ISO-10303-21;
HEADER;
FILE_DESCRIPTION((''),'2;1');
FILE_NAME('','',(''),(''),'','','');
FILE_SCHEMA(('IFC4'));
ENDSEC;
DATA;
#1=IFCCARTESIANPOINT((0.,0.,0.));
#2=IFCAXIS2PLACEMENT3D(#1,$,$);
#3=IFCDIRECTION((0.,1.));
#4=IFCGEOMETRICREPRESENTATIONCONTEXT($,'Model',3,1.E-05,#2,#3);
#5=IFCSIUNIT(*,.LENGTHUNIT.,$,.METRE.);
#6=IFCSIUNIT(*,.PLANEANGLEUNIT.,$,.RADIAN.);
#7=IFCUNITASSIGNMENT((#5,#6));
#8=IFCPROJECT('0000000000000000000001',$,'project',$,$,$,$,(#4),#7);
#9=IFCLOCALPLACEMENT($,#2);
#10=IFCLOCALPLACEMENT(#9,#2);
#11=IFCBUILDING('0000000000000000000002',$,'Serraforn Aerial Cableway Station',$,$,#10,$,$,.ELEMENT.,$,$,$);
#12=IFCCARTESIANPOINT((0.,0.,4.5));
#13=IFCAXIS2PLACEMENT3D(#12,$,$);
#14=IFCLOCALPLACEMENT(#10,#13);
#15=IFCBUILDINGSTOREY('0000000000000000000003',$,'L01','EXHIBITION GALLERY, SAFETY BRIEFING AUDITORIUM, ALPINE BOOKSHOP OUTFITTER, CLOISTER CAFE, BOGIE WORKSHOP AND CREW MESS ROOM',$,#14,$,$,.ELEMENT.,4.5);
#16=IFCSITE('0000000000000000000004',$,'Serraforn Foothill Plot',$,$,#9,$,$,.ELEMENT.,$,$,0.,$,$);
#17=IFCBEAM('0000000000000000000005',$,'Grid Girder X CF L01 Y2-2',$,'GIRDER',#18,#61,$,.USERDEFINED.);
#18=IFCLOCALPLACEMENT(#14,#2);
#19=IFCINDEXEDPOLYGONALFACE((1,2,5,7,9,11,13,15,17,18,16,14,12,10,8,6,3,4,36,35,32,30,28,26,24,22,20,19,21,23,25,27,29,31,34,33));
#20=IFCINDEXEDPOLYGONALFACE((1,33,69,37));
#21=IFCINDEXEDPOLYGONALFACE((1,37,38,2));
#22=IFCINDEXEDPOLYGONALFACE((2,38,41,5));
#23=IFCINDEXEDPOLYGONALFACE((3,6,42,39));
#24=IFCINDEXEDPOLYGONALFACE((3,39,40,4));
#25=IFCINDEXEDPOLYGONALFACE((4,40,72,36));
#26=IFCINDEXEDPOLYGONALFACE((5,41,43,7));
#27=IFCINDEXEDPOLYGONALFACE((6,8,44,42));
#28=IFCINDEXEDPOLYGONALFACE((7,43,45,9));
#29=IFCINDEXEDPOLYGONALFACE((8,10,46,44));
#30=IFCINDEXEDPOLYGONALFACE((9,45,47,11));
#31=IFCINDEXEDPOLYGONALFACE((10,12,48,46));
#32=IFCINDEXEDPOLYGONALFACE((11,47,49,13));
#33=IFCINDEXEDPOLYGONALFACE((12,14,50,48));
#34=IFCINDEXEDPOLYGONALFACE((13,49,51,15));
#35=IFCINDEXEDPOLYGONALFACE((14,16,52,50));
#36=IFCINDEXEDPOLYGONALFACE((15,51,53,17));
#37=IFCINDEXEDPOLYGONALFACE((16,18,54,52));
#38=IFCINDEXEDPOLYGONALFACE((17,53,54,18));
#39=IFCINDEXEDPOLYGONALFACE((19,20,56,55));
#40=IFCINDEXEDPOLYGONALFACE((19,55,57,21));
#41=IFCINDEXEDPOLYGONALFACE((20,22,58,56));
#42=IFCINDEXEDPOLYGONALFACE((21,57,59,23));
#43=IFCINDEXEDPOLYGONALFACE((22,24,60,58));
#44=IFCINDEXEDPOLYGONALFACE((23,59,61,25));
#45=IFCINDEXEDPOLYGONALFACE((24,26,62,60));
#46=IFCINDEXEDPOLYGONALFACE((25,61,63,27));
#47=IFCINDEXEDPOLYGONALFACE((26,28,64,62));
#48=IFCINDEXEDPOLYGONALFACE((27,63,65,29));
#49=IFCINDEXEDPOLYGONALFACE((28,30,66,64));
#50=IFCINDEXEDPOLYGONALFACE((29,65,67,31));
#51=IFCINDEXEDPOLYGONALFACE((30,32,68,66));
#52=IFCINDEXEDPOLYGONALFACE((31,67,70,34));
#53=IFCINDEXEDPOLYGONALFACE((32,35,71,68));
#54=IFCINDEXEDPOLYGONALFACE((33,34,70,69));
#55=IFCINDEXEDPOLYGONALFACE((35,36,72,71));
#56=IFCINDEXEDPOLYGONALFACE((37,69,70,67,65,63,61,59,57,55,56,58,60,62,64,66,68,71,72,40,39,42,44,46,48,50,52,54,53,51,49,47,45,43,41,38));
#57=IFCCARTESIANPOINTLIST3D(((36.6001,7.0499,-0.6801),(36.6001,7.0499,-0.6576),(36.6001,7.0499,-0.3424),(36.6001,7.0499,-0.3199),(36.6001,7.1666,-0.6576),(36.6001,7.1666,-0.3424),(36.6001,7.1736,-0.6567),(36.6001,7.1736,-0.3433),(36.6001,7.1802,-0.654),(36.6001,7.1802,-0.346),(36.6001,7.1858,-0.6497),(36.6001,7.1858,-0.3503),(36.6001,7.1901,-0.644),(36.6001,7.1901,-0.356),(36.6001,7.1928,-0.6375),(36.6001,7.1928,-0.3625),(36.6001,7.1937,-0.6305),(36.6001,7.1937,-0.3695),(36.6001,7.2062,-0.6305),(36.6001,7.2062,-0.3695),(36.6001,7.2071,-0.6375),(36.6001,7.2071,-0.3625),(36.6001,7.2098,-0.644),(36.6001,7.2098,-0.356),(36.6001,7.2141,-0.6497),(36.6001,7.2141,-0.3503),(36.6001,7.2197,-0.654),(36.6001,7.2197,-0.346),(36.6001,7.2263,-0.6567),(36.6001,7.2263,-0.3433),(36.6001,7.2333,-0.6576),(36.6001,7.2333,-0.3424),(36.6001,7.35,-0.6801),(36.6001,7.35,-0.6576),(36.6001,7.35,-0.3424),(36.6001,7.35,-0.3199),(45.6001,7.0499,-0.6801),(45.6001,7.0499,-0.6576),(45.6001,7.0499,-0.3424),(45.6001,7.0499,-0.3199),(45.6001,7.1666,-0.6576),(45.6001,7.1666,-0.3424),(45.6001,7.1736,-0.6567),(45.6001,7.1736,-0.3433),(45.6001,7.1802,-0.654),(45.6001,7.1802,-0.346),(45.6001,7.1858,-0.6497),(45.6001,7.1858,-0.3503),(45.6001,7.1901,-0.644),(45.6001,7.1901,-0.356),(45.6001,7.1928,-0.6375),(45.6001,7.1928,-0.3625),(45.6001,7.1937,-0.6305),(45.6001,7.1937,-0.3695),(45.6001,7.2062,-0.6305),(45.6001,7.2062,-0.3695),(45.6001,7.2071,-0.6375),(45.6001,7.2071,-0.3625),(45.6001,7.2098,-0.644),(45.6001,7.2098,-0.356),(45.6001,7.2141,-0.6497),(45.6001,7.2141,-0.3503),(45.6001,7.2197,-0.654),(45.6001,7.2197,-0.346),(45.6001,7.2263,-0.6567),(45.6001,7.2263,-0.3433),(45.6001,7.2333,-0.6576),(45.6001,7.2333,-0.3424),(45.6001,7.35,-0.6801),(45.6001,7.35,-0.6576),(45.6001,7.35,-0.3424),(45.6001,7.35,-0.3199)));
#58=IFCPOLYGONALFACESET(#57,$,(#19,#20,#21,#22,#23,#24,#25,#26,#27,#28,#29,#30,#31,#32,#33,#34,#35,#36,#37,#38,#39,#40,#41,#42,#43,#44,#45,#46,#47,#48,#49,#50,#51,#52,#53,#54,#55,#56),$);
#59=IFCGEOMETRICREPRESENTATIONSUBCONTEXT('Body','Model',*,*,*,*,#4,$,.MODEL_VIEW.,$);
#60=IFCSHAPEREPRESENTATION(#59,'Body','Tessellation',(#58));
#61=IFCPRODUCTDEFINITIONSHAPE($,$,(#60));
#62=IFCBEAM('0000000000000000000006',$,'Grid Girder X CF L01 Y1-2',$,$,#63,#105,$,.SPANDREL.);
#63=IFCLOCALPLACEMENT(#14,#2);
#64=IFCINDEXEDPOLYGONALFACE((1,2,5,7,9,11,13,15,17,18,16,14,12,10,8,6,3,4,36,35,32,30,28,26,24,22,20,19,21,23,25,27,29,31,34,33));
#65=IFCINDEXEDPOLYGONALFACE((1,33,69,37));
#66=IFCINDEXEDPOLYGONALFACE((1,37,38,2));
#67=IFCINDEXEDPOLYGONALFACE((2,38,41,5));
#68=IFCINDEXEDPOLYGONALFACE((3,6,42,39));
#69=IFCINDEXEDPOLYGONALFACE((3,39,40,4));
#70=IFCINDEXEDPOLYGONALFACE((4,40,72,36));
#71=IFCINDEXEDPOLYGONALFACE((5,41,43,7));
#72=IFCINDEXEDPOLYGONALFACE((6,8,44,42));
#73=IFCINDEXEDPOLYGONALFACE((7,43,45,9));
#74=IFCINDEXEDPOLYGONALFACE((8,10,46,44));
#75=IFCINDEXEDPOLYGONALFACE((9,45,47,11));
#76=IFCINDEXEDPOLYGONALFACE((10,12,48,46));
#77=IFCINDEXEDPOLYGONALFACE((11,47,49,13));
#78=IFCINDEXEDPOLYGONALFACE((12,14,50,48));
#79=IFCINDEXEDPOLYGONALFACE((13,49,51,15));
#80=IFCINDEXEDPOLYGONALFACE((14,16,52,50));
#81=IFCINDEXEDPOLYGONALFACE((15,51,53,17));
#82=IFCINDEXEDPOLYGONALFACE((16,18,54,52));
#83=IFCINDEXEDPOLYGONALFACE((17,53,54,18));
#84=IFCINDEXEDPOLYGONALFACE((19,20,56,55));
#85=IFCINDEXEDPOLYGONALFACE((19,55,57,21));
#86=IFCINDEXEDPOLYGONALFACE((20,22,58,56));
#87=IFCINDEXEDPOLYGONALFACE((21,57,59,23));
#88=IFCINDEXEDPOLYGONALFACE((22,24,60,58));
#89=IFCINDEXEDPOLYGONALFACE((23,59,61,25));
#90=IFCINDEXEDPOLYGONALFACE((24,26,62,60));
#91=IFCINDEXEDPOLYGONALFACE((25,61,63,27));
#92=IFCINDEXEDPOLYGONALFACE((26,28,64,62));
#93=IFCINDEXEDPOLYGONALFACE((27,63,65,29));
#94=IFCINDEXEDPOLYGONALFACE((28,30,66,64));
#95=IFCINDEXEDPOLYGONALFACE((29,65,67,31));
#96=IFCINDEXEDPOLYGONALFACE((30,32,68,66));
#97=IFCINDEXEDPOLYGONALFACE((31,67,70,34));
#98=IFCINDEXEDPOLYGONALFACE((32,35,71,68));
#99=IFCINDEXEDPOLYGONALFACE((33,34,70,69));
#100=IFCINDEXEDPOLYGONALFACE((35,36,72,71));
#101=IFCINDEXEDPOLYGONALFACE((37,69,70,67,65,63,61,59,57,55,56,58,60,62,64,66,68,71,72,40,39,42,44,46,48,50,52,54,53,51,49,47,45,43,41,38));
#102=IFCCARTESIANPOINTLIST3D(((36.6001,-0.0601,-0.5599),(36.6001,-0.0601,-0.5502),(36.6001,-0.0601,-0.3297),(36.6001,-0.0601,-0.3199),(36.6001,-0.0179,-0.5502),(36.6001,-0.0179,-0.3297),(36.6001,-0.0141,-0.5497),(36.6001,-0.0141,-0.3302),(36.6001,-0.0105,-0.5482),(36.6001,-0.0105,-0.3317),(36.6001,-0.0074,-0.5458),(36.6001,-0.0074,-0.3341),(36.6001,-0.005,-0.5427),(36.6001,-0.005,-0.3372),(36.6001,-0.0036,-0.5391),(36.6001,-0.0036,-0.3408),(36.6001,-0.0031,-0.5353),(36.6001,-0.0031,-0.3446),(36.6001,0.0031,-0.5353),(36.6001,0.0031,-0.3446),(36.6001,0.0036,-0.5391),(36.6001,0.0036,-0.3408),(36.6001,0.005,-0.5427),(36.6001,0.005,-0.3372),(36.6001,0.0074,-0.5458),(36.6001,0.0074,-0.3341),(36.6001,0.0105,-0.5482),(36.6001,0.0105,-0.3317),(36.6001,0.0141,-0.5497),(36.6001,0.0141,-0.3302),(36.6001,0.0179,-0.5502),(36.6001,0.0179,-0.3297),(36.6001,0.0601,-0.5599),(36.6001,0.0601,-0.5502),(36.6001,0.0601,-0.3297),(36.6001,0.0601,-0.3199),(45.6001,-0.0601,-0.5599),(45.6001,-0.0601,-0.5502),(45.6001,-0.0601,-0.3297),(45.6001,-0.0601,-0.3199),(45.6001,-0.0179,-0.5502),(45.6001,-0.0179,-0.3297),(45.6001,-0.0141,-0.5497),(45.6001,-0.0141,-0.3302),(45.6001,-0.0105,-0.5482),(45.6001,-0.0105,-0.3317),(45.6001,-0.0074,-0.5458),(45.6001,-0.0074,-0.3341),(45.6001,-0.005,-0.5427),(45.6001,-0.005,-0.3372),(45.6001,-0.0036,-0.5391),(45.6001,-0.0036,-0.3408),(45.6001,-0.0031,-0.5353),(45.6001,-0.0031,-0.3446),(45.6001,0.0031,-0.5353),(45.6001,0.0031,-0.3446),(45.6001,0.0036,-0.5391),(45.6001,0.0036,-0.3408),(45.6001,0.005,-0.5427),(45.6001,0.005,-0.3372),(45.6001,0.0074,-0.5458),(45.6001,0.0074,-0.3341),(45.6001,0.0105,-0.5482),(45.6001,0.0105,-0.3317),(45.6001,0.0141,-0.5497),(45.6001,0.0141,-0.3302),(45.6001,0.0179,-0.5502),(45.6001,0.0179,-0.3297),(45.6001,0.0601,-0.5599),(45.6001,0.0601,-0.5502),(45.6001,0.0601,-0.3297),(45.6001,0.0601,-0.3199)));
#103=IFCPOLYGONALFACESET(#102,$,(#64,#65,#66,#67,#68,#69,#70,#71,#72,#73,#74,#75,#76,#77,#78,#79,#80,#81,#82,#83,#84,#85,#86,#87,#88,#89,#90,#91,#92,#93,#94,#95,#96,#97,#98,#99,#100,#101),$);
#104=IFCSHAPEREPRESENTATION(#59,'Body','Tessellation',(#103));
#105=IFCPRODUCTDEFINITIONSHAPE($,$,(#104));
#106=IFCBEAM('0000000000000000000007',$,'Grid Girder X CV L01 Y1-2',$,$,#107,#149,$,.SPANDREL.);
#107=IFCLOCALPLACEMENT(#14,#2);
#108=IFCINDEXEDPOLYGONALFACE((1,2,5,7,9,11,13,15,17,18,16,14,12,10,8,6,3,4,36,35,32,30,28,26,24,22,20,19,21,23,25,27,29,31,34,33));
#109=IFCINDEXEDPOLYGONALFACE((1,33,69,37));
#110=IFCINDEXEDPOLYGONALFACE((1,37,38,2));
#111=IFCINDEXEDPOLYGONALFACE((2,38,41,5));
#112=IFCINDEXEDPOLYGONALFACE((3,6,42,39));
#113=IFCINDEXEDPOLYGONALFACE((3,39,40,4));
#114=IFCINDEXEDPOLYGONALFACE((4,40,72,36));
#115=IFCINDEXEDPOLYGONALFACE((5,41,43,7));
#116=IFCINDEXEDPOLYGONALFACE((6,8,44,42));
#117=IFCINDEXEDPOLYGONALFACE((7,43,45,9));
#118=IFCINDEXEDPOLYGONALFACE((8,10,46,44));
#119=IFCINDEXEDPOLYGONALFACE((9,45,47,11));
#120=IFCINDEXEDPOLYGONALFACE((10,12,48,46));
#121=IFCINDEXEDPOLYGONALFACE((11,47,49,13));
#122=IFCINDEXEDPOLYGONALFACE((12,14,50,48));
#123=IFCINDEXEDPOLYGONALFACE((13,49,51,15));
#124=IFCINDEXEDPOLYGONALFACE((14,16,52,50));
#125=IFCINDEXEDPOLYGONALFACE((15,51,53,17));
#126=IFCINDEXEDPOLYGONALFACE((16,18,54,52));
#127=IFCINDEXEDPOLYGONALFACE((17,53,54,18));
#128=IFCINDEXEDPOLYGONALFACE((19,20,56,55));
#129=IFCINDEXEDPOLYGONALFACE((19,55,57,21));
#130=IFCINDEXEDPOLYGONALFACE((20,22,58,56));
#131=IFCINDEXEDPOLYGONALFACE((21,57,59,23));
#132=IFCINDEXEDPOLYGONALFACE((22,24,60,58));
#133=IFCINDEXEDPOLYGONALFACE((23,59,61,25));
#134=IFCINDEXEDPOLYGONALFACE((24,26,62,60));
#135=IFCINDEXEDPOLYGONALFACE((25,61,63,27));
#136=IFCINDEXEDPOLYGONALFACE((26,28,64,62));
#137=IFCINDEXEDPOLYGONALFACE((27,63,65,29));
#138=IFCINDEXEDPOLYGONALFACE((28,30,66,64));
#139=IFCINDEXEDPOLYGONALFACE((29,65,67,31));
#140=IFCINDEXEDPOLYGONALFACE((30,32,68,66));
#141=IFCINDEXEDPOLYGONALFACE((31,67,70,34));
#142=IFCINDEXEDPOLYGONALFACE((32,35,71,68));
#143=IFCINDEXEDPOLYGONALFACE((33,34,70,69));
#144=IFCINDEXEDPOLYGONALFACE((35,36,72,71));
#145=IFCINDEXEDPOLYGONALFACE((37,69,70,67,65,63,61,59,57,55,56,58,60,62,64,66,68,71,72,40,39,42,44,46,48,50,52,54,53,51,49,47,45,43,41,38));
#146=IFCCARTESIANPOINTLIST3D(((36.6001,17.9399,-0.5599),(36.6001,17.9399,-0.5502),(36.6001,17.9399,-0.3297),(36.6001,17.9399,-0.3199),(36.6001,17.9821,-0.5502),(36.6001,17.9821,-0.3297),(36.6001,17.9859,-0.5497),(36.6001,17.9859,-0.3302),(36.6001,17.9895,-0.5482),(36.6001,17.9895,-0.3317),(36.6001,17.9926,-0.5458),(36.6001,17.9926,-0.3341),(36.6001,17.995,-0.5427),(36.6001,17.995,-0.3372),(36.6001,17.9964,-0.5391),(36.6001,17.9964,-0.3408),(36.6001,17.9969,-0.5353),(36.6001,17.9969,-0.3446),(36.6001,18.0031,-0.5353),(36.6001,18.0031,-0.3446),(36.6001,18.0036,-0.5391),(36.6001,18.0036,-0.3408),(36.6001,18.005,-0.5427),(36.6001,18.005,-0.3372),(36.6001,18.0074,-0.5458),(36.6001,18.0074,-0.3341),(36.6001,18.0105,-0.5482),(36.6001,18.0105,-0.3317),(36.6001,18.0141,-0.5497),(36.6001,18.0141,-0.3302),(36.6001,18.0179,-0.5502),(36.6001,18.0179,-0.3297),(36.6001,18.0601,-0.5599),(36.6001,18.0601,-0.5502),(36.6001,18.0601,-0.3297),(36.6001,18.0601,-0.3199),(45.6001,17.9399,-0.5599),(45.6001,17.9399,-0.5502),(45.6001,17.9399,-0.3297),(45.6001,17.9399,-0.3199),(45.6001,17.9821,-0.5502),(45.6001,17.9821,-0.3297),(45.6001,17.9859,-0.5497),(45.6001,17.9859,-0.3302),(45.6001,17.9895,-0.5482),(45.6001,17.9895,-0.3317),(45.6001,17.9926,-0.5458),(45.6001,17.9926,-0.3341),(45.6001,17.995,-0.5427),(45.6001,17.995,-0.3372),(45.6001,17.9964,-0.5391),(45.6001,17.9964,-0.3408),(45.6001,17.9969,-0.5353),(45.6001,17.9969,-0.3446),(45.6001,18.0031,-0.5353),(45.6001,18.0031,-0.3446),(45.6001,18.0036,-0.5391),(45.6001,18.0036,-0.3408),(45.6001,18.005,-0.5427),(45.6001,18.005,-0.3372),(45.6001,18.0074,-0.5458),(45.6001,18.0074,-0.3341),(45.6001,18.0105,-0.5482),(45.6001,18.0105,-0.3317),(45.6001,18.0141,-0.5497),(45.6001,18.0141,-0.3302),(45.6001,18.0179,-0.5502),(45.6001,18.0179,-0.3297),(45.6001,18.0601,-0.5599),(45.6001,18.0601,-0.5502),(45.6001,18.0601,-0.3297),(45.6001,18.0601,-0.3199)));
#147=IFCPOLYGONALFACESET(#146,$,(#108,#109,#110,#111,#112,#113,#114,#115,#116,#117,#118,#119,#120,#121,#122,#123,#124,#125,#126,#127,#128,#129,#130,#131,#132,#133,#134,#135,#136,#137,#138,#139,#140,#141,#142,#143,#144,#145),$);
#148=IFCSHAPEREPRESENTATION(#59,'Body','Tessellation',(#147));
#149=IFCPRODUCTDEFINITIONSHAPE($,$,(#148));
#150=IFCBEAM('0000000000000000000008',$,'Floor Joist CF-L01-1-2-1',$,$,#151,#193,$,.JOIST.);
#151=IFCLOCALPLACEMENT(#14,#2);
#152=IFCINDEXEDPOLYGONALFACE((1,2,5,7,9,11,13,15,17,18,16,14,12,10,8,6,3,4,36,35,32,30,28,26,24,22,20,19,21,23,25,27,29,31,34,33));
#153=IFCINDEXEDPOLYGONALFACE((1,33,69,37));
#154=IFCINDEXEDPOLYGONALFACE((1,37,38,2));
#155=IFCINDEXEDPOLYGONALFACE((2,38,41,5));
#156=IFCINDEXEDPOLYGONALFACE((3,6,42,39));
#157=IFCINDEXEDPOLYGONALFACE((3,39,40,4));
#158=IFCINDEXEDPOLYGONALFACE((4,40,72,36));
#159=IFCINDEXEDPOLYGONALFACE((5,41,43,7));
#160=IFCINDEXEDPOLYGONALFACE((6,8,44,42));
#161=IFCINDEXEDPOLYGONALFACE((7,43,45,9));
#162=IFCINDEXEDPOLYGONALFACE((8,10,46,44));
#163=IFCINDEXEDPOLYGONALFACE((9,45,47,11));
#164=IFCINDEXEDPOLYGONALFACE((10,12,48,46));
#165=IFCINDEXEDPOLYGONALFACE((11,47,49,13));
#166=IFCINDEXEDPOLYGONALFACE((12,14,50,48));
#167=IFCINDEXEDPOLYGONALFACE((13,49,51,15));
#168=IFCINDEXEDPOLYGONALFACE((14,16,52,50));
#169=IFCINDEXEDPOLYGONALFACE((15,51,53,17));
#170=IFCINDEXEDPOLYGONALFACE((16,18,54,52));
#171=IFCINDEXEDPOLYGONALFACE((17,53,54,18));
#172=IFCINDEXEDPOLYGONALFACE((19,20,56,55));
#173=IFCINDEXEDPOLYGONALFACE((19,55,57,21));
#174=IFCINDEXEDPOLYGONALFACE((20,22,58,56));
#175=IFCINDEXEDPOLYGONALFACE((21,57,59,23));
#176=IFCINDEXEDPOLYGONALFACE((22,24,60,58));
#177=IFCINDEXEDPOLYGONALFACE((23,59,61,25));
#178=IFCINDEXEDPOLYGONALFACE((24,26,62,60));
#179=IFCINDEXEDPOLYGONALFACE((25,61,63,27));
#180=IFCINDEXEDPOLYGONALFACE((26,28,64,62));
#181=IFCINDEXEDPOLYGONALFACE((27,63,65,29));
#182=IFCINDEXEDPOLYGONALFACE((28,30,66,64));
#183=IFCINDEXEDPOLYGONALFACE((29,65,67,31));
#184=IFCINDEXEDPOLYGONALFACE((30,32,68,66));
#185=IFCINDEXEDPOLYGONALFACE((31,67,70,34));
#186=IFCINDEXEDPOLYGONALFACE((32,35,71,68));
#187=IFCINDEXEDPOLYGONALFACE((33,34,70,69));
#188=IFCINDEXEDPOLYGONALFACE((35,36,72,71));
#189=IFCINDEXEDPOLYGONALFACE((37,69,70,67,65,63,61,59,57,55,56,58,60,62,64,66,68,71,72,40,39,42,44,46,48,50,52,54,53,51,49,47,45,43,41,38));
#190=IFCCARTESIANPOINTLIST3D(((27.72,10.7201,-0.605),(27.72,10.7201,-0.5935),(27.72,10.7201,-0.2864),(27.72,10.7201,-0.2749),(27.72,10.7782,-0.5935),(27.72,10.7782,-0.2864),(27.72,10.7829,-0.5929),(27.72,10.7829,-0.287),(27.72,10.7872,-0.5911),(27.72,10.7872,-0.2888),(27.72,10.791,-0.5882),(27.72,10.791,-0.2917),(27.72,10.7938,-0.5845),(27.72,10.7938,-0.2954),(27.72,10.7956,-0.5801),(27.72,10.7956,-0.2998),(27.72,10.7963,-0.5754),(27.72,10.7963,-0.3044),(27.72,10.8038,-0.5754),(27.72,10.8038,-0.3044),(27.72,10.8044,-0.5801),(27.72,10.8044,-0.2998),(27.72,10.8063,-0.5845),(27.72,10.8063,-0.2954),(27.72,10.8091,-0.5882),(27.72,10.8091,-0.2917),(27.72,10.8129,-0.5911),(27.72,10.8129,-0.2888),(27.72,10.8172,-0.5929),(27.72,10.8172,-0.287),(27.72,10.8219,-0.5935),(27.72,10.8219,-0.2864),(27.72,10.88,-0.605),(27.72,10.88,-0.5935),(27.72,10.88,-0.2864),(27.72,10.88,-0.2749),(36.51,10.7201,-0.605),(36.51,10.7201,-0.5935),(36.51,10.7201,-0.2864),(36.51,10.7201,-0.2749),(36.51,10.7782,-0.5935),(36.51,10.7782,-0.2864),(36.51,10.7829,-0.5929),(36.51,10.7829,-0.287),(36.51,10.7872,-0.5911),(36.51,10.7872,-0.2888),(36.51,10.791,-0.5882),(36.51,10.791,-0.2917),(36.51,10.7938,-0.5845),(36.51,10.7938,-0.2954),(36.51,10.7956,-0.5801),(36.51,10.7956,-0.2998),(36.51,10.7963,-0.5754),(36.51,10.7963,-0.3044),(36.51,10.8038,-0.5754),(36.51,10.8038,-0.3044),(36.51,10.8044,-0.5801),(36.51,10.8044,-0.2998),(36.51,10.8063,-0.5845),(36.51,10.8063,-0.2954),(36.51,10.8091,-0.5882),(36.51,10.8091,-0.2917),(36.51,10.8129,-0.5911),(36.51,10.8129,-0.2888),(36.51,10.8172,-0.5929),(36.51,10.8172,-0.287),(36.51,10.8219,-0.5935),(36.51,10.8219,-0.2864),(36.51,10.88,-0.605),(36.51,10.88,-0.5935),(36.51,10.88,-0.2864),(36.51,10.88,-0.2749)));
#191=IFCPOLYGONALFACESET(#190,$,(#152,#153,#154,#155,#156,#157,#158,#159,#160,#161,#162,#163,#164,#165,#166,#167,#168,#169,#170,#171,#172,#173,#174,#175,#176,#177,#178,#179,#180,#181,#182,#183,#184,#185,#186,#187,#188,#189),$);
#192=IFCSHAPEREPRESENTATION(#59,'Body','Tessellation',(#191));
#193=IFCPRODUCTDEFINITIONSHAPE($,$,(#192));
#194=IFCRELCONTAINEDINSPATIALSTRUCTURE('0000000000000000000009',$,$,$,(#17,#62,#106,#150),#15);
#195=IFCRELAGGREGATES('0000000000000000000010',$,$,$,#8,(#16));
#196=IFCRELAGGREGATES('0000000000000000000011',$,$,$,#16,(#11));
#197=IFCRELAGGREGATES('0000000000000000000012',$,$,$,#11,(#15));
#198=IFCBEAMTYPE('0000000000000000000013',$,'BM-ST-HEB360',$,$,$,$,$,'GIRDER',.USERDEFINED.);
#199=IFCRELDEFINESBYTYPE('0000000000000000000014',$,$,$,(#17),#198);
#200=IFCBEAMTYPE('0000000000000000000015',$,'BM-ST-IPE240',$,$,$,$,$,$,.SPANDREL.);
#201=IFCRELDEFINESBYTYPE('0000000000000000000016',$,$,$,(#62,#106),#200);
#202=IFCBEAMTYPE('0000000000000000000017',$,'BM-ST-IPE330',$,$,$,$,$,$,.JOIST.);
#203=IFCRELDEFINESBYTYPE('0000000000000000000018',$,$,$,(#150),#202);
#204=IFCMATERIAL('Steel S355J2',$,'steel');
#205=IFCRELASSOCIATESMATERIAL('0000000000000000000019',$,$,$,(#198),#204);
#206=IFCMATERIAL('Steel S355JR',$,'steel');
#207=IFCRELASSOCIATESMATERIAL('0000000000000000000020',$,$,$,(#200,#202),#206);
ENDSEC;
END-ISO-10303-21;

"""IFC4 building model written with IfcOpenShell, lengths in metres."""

from ifc_helpers import new_model, si_unit, direction, frame, origin, origin_2d, place, context, subcontext, project, spatial, i_section, extrude, material, material_profile, profile_set, type_object, element, save


model = new_model("IFC4")

# Units and contexts
model_context = context("Model", 3, precision=1e-05, world=origin(), true_north=direction((0.0, 1.0)))
body_context = subcontext(model_context, "Body", "Model", "MODEL_VIEW")
ifc_project = project(units=[si_unit("LENGTHUNIT", "METRE"), si_unit("PLANEANGLEUNIT", "RADIAN")], contexts=[model_context])

# Site, building, storey
site_placement = place(None, origin())
site = spatial("IfcSite", under=ifc_project, at=site_placement, Name="Serraforn Foothill Plot", CompositionType="ELEMENT", RefElevation=0.0)
building_placement = place(site_placement, origin())
building = spatial("IfcBuilding", under=site, at=building_placement, Name="Serraforn Aerial Cableway Station", CompositionType="ELEMENT")
storey_placement = place(building_placement, frame((0.0, 0.0, 4.5)))
storey = spatial("IfcBuildingStorey", under=building, at=storey_placement, Name="L01", Description="EXHIBITION GALLERY, SAFETY BRIEFING AUDITORIUM, ALPINE BOOKSHOP OUTFITTER, CLOISTER CAFE, BOGIE WORKSHOP AND CREW MESS ROOM", CompositionType="ELEMENT", Elevation=4.5)

# Shared definitions
ifc_material_1 = material(Name="Steel S355J2", Category="steel")

# Beams
ifc_material_profile_1 = material_profile(ifc_material_1, i_section(OverallWidth=0.3, OverallDepth=0.3601, WebThickness=0.0125, FlangeThickness=0.0225, FilletRadius=0.0271, at=origin_2d()), Name="HEB 360")
ifc_profile_set_1 = profile_set([ifc_material_profile_1], Name="Steel S355J2")
beam_type_1 = type_object("IfcBeamType", Name="BM-ST-HEB360", ElementType="GIRDER", PredefinedType="USERDEFINED", material=ifc_profile_set_1)
beam_1_placement = place(storey_placement, frame((36.6001, 7.2, -0.5), z_axis=(1.0, 0.0, 0.0), x_axis=(0.0, 1.0, 0.0)))
element("IfcBeam", 1, at=beam_1_placement, inside=storey, type_object=beam_type_1, Name="Grid Girder X CF L01 Y2-2", ObjectType="GIRDER", PredefinedType="USERDEFINED", context=body_context, shape_type="SweptSolid", body=[
    extrude(i_section(OverallWidth=0.3, OverallDepth=0.3601, WebThickness=0.0125, FlangeThickness=0.0225, FilletRadius=0.0271, at=origin_2d()), origin(), (0.0, 0.0, 1.0), 9.0),
])
ifc_material_2 = material(Name="Steel S355JR", Category="steel")
ifc_material_profile_2 = material_profile(ifc_material_2, i_section(OverallWidth=0.1201, OverallDepth=0.24, WebThickness=0.0061, FlangeThickness=0.0098, FilletRadius=0.0149, at=origin_2d()), Name="IPE 240")
ifc_profile_set_2 = profile_set([ifc_material_profile_2], Name="Steel S355JR")
beam_type_2 = type_object("IfcBeamType", Name="BM-ST-IPE240", PredefinedType="SPANDREL", material=ifc_profile_set_2)
for number, where, z_axis, x_axis, name in (
    (2, (36.6001, 0.0, -0.4399), (1.0, 0.0, 0.0), (0.0, 1.0, 0.0), "Grid Girder X CF L01 Y1-2"),
    (3, (36.6001, 18.0, -0.4399), (1.0, 0.0, 0.0), (0.0, 1.0, 0.0), "Grid Girder X CV L01 Y1-2"),
):
    element("IfcBeam", number, at=place(storey_placement, frame(where, z_axis=z_axis, x_axis=x_axis)), inside=storey, type_object=beam_type_2, Name=name, PredefinedType="SPANDREL", context=body_context, shape_type="SweptSolid", body=[
        extrude(i_section(OverallWidth=0.1201, OverallDepth=0.24, WebThickness=0.0061, FlangeThickness=0.0098, FilletRadius=0.0149, at=origin_2d()), origin(), (0.0, 0.0, 1.0), 9.0),
    ])
ifc_material_profile_3 = material_profile(ifc_material_2, i_section(OverallWidth=0.1599, OverallDepth=0.3301, WebThickness=0.0076, FlangeThickness=0.0115, FilletRadius=0.0181, at=origin_2d()), Name="IPE 330")
ifc_profile_set_3 = profile_set([ifc_material_profile_3], Name="Steel S355JR")
beam_type_3 = type_object("IfcBeamType", Name="BM-ST-IPE330", PredefinedType="JOIST", material=ifc_profile_set_3)
beam_2_placement = place(storey_placement, frame((27.72, 10.8, -0.4399), z_axis=(1.0, 0.0, 0.0), x_axis=(0.0, 1.0, 0.0)))
element("IfcBeam", 4, at=beam_2_placement, inside=storey, type_object=beam_type_3, Name="Floor Joist CF-L01-1-2-1", PredefinedType="JOIST", context=body_context, shape_type="SweptSolid", body=[
    extrude(i_section(OverallWidth=0.1599, OverallDepth=0.3301, WebThickness=0.0076, FlangeThickness=0.0115, FilletRadius=0.0181, at=origin_2d()), origin(), (0.0, 0.0, 1.0), 8.79),
])

save(model, "model.ifc")
